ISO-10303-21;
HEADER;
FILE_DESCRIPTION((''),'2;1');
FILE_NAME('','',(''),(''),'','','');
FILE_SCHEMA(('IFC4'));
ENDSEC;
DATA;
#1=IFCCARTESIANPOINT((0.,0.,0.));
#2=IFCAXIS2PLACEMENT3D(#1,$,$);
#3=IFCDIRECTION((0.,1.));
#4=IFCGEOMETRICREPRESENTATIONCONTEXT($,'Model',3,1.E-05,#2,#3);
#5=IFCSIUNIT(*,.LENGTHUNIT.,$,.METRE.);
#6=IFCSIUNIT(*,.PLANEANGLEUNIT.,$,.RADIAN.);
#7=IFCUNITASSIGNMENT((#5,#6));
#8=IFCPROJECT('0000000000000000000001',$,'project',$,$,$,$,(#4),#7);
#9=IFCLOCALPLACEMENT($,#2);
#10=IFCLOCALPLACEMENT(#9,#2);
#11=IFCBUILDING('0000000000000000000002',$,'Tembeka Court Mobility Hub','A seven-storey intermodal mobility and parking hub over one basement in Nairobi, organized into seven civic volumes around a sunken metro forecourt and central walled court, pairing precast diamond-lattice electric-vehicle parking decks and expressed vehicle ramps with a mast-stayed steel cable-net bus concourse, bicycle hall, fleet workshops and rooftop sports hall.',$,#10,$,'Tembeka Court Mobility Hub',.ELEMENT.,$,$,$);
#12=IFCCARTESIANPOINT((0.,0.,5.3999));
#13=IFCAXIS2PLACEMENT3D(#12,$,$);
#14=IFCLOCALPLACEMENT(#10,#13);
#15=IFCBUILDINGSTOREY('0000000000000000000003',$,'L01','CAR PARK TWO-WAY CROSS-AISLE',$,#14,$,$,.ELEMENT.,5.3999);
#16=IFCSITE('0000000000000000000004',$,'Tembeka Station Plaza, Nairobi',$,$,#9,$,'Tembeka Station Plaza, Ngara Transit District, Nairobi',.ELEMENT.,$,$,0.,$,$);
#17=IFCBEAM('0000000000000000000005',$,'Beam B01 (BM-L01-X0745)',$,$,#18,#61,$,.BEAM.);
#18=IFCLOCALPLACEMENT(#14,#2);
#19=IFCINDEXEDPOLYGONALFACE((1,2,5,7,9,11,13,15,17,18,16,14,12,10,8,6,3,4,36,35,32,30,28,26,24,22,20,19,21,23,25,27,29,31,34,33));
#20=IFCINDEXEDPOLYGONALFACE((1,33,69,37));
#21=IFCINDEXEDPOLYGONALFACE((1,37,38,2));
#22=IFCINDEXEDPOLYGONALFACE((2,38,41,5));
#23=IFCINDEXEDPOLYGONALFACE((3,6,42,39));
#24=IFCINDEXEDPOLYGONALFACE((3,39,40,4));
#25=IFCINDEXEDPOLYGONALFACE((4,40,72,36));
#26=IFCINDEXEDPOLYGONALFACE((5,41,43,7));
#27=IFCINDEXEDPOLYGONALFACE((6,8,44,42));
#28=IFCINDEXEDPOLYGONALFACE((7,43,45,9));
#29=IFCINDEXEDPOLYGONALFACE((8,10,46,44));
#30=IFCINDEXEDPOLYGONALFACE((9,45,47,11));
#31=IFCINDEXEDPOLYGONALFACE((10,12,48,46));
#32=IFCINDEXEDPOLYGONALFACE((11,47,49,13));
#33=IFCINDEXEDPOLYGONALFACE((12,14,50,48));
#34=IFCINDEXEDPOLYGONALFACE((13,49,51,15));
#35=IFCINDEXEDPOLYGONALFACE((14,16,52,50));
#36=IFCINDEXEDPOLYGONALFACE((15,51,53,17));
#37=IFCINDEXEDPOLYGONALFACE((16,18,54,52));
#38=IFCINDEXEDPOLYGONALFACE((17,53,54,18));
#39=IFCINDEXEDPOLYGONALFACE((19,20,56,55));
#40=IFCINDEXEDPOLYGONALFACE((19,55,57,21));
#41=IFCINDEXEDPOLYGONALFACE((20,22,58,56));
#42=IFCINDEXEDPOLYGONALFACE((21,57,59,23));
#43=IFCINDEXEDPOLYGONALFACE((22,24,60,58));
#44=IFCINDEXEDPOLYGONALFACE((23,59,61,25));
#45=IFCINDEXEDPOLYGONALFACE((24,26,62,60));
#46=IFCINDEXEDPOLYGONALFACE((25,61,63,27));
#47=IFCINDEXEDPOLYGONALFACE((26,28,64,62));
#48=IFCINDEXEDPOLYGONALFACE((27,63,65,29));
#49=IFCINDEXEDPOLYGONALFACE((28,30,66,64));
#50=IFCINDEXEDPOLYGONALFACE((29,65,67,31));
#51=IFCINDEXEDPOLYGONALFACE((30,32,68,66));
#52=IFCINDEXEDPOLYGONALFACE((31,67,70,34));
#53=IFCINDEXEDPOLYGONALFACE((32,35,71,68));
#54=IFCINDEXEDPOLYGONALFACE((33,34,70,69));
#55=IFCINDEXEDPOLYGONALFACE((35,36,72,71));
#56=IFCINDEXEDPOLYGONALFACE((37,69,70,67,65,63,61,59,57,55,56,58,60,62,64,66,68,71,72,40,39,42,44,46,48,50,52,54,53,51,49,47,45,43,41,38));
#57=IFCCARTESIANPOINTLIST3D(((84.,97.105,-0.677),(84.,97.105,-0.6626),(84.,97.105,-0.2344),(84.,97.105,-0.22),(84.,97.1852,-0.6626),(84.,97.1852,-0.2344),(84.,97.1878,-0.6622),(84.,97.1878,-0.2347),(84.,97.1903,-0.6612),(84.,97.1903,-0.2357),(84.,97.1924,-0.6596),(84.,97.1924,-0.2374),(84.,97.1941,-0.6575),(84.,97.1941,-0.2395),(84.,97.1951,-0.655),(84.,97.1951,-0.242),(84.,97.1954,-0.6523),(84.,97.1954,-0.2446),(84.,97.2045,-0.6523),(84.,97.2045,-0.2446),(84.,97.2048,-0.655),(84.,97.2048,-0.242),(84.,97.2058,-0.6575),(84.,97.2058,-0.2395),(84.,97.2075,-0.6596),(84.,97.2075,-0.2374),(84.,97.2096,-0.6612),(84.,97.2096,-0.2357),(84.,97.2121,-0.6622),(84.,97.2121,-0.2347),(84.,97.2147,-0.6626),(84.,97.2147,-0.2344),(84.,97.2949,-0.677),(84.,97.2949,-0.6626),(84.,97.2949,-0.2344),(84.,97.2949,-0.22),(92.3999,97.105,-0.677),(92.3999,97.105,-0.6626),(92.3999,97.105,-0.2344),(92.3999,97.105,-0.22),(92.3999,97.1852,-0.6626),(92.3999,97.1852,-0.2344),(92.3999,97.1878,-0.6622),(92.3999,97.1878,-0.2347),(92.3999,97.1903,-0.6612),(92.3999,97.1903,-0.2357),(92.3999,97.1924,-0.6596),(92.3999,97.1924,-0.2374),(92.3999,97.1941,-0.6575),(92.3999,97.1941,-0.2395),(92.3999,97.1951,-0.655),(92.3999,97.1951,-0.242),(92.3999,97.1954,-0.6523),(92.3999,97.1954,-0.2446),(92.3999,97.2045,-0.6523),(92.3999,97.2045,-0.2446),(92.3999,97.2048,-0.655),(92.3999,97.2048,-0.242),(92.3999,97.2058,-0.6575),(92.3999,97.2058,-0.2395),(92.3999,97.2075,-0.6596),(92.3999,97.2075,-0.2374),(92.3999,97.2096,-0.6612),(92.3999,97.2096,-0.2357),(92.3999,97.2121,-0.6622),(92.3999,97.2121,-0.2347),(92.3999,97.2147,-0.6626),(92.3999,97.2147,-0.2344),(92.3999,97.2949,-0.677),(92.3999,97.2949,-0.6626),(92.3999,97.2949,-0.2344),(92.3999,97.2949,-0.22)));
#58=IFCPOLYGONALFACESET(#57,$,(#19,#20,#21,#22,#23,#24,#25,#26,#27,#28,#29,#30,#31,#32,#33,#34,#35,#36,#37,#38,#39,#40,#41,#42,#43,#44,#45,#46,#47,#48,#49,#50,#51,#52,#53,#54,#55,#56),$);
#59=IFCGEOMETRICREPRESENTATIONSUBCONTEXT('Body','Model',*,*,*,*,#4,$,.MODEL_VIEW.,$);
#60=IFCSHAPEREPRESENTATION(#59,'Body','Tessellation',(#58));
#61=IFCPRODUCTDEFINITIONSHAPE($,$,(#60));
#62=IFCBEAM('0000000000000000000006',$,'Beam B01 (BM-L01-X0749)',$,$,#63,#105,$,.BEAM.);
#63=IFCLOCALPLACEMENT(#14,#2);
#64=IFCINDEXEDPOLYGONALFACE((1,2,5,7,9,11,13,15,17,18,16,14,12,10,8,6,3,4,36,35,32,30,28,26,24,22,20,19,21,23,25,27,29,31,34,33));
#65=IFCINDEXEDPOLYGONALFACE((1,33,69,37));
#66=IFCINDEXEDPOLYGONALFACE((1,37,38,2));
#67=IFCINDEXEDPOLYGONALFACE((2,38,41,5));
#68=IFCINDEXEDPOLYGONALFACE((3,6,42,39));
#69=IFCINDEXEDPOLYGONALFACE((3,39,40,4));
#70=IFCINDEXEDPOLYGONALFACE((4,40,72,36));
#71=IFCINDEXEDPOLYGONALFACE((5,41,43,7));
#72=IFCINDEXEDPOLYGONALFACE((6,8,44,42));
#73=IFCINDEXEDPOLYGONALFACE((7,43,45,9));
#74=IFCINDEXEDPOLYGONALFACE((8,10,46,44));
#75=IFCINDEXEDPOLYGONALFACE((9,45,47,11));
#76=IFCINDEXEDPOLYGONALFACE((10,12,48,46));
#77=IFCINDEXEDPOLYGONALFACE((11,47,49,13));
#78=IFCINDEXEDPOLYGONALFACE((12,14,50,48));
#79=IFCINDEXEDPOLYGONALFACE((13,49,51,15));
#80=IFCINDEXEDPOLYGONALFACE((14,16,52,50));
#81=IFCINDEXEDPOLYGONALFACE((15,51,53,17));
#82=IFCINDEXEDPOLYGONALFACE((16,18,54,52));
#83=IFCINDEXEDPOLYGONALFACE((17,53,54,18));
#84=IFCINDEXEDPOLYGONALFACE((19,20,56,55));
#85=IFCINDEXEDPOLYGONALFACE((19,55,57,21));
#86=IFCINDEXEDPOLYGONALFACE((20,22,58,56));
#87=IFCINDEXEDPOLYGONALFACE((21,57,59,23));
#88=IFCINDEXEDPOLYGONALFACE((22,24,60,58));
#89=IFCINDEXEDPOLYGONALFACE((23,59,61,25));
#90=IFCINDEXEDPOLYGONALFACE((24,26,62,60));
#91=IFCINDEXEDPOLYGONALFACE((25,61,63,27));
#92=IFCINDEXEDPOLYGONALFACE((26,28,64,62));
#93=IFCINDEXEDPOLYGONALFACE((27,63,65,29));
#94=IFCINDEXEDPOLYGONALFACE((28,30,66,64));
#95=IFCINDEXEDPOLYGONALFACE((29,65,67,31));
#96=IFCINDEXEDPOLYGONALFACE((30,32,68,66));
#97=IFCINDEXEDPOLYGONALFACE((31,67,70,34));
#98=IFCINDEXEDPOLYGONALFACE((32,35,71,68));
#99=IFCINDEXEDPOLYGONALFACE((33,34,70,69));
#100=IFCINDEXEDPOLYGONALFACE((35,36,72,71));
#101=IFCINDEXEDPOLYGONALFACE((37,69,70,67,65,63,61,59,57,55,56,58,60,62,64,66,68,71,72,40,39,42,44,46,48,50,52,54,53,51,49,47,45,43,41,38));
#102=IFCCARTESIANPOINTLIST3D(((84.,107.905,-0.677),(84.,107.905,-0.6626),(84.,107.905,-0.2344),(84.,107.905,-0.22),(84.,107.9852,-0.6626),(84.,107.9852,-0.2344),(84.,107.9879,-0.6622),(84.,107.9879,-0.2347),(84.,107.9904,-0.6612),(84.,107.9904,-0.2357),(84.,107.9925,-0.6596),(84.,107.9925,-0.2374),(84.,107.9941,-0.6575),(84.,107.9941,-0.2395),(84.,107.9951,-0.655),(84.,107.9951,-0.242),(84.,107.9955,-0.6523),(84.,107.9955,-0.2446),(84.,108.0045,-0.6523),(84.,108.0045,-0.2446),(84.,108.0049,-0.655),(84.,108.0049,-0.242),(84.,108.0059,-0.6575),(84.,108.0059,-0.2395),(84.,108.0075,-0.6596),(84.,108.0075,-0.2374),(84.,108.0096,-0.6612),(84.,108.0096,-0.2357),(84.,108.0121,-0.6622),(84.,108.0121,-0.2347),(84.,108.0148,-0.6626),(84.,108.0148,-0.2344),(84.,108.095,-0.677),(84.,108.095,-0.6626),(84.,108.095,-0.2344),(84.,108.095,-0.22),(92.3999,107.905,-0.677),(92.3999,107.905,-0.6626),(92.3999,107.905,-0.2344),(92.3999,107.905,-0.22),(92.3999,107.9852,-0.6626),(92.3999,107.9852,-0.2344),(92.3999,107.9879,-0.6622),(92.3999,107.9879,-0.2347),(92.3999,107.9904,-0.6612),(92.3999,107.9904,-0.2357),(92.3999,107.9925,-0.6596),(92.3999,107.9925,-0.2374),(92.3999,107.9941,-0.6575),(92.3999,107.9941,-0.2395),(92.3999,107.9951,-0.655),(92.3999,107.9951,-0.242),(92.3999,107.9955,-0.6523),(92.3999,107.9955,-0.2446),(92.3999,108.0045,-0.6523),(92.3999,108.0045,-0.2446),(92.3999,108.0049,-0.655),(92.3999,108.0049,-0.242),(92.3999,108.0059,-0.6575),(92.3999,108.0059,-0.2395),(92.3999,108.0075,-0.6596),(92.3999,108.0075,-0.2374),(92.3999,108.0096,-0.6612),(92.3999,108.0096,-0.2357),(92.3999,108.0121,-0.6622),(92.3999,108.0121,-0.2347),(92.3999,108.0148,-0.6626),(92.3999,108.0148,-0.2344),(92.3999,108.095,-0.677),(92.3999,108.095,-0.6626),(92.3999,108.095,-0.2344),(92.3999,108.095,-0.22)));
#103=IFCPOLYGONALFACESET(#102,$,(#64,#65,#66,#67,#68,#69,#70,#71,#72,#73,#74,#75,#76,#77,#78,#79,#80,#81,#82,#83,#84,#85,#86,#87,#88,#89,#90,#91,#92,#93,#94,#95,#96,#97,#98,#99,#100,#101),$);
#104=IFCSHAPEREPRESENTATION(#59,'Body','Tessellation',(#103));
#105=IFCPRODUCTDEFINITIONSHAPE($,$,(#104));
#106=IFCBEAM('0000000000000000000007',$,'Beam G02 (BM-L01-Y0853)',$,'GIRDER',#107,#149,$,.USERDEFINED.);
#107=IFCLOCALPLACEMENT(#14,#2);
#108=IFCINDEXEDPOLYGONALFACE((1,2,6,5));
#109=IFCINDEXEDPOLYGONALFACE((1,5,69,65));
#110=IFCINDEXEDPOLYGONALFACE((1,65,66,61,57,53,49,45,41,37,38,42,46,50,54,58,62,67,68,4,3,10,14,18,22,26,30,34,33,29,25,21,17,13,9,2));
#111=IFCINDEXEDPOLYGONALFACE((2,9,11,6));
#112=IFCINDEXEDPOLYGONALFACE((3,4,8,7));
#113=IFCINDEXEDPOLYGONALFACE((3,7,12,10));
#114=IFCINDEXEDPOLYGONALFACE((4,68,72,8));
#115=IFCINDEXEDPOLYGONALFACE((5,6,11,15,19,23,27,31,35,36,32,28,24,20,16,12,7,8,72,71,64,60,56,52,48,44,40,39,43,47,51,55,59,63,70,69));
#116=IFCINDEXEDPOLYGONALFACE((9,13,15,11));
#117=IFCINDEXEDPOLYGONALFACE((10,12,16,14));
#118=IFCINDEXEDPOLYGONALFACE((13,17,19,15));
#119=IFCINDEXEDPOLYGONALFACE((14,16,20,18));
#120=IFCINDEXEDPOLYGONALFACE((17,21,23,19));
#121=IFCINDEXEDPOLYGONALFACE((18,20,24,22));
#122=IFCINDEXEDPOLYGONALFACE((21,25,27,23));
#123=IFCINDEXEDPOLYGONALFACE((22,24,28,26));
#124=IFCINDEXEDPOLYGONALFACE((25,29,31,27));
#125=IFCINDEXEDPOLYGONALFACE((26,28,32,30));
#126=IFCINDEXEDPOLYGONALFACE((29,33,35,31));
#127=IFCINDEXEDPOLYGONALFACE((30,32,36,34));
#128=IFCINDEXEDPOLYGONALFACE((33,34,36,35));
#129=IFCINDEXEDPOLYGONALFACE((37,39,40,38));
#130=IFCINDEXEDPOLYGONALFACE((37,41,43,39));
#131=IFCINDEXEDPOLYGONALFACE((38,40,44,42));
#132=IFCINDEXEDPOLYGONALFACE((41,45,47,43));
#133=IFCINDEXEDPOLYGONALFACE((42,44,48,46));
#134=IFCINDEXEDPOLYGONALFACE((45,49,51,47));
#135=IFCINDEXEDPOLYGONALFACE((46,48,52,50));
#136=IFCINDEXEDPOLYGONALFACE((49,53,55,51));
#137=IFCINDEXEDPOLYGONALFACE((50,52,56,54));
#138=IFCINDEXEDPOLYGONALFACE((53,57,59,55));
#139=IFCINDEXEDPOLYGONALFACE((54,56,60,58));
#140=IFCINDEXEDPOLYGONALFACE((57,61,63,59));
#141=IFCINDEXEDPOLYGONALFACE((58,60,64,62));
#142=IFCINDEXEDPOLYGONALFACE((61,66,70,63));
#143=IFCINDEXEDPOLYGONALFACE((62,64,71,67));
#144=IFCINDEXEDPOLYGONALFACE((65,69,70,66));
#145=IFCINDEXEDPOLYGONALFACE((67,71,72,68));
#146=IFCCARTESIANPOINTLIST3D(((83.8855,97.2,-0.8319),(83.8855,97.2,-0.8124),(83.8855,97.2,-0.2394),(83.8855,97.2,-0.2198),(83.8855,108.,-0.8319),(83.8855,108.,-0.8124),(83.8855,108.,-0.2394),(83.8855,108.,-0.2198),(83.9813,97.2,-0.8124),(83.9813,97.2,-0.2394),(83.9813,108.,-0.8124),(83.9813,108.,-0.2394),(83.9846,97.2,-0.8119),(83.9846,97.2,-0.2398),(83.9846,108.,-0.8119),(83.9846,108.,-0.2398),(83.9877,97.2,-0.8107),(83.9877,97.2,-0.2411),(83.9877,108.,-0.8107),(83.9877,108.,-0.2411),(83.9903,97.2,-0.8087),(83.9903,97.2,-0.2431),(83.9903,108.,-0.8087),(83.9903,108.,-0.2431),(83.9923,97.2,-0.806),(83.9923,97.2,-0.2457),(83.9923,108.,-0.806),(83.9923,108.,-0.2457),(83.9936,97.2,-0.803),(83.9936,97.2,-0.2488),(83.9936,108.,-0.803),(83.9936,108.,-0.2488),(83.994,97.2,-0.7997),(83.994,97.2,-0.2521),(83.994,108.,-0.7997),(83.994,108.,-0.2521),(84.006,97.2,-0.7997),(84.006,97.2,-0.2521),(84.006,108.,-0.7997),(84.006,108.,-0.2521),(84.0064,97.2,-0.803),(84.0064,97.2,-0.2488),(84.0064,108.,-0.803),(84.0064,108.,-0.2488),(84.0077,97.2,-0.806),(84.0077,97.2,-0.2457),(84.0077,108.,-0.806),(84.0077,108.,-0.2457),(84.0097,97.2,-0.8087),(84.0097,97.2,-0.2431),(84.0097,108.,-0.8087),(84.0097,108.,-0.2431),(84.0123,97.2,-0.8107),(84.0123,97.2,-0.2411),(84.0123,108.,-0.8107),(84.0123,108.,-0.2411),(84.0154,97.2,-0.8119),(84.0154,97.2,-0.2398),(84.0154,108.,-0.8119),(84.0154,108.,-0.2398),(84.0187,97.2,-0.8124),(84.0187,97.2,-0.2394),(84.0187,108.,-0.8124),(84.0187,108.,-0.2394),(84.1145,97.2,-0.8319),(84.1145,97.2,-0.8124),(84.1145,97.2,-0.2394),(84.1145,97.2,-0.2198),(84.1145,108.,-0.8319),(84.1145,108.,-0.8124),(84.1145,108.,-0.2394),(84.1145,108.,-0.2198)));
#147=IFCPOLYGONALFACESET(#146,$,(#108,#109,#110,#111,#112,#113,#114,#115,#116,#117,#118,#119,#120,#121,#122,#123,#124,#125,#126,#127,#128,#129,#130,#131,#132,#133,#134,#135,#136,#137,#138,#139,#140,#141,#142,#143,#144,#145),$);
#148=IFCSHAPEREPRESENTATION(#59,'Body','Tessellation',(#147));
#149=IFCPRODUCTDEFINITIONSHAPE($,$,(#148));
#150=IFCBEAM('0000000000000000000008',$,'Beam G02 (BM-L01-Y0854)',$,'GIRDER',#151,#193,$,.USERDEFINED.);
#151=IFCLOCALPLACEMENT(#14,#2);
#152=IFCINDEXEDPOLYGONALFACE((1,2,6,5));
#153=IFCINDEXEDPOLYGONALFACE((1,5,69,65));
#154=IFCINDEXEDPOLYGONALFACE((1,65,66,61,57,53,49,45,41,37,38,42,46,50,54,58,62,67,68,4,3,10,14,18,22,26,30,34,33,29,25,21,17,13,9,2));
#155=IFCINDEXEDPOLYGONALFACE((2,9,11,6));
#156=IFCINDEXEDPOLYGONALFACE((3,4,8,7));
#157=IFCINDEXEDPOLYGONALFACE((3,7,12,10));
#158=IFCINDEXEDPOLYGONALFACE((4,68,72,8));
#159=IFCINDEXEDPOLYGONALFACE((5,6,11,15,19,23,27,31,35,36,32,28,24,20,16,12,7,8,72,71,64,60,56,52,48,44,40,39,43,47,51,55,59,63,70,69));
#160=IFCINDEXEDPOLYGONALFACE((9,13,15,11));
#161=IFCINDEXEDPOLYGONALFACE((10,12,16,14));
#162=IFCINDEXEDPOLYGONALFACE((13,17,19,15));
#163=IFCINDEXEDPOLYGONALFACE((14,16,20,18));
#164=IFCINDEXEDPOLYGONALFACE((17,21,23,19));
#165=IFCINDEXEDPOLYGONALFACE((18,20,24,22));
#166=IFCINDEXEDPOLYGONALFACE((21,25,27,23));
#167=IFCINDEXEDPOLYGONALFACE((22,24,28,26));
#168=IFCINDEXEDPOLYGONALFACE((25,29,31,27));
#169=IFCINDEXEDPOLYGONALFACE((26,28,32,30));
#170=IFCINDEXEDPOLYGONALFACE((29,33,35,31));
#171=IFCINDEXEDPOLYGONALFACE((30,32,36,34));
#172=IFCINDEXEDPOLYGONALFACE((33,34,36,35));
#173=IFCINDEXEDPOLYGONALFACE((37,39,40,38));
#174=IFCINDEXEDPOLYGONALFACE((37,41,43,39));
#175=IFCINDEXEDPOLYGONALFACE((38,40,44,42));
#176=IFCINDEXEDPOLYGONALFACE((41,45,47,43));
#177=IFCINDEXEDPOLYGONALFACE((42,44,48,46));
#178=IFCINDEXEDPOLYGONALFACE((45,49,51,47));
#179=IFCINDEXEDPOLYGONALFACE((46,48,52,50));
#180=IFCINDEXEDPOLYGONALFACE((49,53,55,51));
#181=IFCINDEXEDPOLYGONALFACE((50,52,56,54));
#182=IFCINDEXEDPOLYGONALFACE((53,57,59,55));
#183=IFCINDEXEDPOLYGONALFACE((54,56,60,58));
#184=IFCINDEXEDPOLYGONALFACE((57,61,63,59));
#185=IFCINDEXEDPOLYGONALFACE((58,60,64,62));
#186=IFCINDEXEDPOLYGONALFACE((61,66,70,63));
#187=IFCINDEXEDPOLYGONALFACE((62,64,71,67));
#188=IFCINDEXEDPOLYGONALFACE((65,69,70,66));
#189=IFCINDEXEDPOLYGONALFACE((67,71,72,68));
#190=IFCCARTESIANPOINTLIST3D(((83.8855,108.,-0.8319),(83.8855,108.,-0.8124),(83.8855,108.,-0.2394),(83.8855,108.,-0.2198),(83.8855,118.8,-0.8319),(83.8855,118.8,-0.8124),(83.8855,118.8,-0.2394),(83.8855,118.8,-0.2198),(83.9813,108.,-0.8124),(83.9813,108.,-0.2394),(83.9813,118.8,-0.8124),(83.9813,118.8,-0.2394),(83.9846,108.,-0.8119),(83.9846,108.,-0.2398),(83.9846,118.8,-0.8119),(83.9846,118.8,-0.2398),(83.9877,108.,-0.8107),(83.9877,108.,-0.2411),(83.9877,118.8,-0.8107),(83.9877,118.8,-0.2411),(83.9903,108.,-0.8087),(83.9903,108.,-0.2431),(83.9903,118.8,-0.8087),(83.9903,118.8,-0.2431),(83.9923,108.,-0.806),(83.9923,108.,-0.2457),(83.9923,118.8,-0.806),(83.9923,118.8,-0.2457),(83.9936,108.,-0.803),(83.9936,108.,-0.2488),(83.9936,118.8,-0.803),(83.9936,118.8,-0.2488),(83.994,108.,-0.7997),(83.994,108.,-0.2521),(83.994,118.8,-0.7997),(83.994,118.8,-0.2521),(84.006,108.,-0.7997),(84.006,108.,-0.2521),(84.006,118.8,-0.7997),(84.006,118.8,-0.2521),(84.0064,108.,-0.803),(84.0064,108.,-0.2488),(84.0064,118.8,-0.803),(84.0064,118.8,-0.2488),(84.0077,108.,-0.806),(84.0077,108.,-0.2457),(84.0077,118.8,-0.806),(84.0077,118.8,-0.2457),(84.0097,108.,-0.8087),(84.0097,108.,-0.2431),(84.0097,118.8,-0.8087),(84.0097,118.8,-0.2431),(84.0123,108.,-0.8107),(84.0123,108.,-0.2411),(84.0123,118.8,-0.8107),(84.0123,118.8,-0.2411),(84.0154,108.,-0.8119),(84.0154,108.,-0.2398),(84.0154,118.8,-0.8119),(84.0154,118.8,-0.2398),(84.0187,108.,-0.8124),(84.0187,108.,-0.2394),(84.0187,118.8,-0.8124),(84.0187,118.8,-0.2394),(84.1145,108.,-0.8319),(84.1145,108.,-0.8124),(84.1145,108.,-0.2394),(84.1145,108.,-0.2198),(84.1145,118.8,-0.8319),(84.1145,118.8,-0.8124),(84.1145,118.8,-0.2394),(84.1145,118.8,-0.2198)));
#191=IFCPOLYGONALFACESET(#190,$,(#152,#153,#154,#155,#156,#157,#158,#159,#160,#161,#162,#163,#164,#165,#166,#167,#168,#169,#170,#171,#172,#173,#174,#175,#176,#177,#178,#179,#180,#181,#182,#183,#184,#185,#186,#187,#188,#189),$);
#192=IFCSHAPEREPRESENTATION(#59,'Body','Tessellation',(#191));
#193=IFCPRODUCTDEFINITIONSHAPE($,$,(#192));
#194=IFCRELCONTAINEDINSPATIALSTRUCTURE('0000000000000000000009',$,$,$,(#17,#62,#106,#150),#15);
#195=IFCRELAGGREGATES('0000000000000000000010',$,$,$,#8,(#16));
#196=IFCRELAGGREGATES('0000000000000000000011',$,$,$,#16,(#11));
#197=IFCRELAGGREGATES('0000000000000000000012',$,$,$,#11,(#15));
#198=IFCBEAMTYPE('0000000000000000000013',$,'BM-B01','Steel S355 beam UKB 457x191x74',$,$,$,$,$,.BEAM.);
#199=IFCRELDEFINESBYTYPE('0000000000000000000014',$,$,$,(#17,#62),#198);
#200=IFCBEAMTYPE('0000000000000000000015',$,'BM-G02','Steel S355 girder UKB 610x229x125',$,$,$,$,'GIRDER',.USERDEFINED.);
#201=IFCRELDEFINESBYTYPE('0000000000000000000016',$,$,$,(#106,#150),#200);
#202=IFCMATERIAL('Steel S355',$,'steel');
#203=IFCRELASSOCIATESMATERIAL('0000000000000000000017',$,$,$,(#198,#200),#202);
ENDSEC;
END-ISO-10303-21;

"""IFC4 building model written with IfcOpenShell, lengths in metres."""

from ifc_helpers import new_model, si_unit, direction, frame, origin, origin_2d, place, context, subcontext, project, spatial, i_section, extrude, material, material_profile, profile_set, type_object, element, save


model = new_model("IFC4")

# Units and contexts
model_context = context("Model", 3, precision=1e-05, world=origin(), true_north=direction((0.0, 1.0)))
body_context = subcontext(model_context, "Body", "Model", "MODEL_VIEW")
ifc_project = project(units=[si_unit("LENGTHUNIT", "METRE"), si_unit("PLANEANGLEUNIT", "RADIAN")], contexts=[model_context])

# Site, building, storey
site_placement = place(None, origin())
site = spatial("IfcSite", under=ifc_project, at=site_placement, Name="Tembeka Station Plaza, Nairobi", LongName="Tembeka Station Plaza, Ngara Transit District, Nairobi", CompositionType="ELEMENT", RefElevation=0.0)
building_placement = place(site_placement, origin())
building = spatial("IfcBuilding", under=site, at=building_placement, Name="Tembeka Court Mobility Hub", Description="A seven-storey intermodal mobility and parking hub over one basement in Nairobi, organized into seven civic volumes around a sunken metro forecourt and central walled court, pairing precast diamond-lattice electric-vehicle parking decks and expressed vehicle ramps with a mast-stayed steel cable-net bus concourse, bicycle hall, fleet workshops and rooftop sports hall.", LongName="Tembeka Court Mobility Hub", CompositionType="ELEMENT")
storey_placement = place(building_placement, frame((0.0, 0.0, 5.3999)))
storey = spatial("IfcBuildingStorey", under=building, at=storey_placement, Name="L01", Description="CAR PARK TWO-WAY CROSS-AISLE", CompositionType="ELEMENT", Elevation=5.3999)

# Shared definitions
ifc_material_1 = material(Name="Steel S355", Category="steel")

# Beams
ifc_material_profile_1 = material_profile(ifc_material_1, i_section(OverallWidth=0.1899, OverallDepth=0.457, WebThickness=0.009, FlangeThickness=0.0144, FilletRadius=0.0103, at=origin_2d()), Name="UKB 457x191x74")
ifc_profile_set_1 = profile_set([ifc_material_profile_1], Name="Steel S355")
beam_type_1 = type_object("IfcBeamType", Name="BM-B01", Description="Steel S355 beam UKB 457x191x74", PredefinedType="BEAM", material=ifc_profile_set_1)
for number, where, z_axis, x_axis, name in (
    (1, (84.0, 97.2, -0.4485), (1.0, 0.0, 0.0), (0.0, 1.0, 0.0), "Beam B01 (BM-L01-X0745)"),
    (2, (84.0, 108.0, -0.4485), (1.0, 0.0, 0.0), (0.0, 1.0, 0.0), "Beam B01 (BM-L01-X0749)"),
):
    element("IfcBeam", number, at=place(storey_placement, frame(where, z_axis=z_axis, x_axis=x_axis)), inside=storey, type_object=beam_type_1, Name=name, PredefinedType="BEAM", context=body_context, shape_type="SweptSolid", body=[
        extrude(i_section(OverallWidth=0.1899, OverallDepth=0.457, WebThickness=0.009, FlangeThickness=0.0144, FilletRadius=0.0103, at=origin_2d()), origin(), (0.0, 0.0, 1.0), 8.3999),
    ])
ifc_material_profile_2 = material_profile(ifc_material_1, i_section(OverallWidth=0.229, OverallDepth=0.6121, WebThickness=0.012, FlangeThickness=0.0195, FilletRadius=0.0127, at=origin_2d()), Name="UKB 610x229x125")
ifc_profile_set_2 = profile_set([ifc_material_profile_2], Name="Steel S355")
beam_type_2 = type_object("IfcBeamType", Name="BM-G02", Description="Steel S355 girder UKB 610x229x125", ElementType="GIRDER", PredefinedType="USERDEFINED", material=ifc_profile_set_2)
for number, where, z_axis, x_axis, name in (
    (3, (84.0, 97.2, -0.5259), (0.0, 1.0, 0.0), (-1.0, 0.0, 0.0), "Beam G02 (BM-L01-Y0853)"),
    (4, (84.0, 108.0, -0.5259), (0.0, 1.0, 0.0), (-1.0, 0.0, 0.0), "Beam G02 (BM-L01-Y0854)"),
):
    element("IfcBeam", number, at=place(storey_placement, frame(where, z_axis=z_axis, x_axis=x_axis)), inside=storey, type_object=beam_type_2, Name=name, ObjectType="GIRDER", PredefinedType="USERDEFINED", context=body_context, shape_type="SweptSolid", body=[
        extrude(i_section(OverallWidth=0.229, OverallDepth=0.6121, WebThickness=0.012, FlangeThickness=0.0195, FilletRadius=0.0127, at=origin_2d()), origin(), (0.0, 0.0, 1.0), 10.8),
    ])

save(model, "model.ifc")
